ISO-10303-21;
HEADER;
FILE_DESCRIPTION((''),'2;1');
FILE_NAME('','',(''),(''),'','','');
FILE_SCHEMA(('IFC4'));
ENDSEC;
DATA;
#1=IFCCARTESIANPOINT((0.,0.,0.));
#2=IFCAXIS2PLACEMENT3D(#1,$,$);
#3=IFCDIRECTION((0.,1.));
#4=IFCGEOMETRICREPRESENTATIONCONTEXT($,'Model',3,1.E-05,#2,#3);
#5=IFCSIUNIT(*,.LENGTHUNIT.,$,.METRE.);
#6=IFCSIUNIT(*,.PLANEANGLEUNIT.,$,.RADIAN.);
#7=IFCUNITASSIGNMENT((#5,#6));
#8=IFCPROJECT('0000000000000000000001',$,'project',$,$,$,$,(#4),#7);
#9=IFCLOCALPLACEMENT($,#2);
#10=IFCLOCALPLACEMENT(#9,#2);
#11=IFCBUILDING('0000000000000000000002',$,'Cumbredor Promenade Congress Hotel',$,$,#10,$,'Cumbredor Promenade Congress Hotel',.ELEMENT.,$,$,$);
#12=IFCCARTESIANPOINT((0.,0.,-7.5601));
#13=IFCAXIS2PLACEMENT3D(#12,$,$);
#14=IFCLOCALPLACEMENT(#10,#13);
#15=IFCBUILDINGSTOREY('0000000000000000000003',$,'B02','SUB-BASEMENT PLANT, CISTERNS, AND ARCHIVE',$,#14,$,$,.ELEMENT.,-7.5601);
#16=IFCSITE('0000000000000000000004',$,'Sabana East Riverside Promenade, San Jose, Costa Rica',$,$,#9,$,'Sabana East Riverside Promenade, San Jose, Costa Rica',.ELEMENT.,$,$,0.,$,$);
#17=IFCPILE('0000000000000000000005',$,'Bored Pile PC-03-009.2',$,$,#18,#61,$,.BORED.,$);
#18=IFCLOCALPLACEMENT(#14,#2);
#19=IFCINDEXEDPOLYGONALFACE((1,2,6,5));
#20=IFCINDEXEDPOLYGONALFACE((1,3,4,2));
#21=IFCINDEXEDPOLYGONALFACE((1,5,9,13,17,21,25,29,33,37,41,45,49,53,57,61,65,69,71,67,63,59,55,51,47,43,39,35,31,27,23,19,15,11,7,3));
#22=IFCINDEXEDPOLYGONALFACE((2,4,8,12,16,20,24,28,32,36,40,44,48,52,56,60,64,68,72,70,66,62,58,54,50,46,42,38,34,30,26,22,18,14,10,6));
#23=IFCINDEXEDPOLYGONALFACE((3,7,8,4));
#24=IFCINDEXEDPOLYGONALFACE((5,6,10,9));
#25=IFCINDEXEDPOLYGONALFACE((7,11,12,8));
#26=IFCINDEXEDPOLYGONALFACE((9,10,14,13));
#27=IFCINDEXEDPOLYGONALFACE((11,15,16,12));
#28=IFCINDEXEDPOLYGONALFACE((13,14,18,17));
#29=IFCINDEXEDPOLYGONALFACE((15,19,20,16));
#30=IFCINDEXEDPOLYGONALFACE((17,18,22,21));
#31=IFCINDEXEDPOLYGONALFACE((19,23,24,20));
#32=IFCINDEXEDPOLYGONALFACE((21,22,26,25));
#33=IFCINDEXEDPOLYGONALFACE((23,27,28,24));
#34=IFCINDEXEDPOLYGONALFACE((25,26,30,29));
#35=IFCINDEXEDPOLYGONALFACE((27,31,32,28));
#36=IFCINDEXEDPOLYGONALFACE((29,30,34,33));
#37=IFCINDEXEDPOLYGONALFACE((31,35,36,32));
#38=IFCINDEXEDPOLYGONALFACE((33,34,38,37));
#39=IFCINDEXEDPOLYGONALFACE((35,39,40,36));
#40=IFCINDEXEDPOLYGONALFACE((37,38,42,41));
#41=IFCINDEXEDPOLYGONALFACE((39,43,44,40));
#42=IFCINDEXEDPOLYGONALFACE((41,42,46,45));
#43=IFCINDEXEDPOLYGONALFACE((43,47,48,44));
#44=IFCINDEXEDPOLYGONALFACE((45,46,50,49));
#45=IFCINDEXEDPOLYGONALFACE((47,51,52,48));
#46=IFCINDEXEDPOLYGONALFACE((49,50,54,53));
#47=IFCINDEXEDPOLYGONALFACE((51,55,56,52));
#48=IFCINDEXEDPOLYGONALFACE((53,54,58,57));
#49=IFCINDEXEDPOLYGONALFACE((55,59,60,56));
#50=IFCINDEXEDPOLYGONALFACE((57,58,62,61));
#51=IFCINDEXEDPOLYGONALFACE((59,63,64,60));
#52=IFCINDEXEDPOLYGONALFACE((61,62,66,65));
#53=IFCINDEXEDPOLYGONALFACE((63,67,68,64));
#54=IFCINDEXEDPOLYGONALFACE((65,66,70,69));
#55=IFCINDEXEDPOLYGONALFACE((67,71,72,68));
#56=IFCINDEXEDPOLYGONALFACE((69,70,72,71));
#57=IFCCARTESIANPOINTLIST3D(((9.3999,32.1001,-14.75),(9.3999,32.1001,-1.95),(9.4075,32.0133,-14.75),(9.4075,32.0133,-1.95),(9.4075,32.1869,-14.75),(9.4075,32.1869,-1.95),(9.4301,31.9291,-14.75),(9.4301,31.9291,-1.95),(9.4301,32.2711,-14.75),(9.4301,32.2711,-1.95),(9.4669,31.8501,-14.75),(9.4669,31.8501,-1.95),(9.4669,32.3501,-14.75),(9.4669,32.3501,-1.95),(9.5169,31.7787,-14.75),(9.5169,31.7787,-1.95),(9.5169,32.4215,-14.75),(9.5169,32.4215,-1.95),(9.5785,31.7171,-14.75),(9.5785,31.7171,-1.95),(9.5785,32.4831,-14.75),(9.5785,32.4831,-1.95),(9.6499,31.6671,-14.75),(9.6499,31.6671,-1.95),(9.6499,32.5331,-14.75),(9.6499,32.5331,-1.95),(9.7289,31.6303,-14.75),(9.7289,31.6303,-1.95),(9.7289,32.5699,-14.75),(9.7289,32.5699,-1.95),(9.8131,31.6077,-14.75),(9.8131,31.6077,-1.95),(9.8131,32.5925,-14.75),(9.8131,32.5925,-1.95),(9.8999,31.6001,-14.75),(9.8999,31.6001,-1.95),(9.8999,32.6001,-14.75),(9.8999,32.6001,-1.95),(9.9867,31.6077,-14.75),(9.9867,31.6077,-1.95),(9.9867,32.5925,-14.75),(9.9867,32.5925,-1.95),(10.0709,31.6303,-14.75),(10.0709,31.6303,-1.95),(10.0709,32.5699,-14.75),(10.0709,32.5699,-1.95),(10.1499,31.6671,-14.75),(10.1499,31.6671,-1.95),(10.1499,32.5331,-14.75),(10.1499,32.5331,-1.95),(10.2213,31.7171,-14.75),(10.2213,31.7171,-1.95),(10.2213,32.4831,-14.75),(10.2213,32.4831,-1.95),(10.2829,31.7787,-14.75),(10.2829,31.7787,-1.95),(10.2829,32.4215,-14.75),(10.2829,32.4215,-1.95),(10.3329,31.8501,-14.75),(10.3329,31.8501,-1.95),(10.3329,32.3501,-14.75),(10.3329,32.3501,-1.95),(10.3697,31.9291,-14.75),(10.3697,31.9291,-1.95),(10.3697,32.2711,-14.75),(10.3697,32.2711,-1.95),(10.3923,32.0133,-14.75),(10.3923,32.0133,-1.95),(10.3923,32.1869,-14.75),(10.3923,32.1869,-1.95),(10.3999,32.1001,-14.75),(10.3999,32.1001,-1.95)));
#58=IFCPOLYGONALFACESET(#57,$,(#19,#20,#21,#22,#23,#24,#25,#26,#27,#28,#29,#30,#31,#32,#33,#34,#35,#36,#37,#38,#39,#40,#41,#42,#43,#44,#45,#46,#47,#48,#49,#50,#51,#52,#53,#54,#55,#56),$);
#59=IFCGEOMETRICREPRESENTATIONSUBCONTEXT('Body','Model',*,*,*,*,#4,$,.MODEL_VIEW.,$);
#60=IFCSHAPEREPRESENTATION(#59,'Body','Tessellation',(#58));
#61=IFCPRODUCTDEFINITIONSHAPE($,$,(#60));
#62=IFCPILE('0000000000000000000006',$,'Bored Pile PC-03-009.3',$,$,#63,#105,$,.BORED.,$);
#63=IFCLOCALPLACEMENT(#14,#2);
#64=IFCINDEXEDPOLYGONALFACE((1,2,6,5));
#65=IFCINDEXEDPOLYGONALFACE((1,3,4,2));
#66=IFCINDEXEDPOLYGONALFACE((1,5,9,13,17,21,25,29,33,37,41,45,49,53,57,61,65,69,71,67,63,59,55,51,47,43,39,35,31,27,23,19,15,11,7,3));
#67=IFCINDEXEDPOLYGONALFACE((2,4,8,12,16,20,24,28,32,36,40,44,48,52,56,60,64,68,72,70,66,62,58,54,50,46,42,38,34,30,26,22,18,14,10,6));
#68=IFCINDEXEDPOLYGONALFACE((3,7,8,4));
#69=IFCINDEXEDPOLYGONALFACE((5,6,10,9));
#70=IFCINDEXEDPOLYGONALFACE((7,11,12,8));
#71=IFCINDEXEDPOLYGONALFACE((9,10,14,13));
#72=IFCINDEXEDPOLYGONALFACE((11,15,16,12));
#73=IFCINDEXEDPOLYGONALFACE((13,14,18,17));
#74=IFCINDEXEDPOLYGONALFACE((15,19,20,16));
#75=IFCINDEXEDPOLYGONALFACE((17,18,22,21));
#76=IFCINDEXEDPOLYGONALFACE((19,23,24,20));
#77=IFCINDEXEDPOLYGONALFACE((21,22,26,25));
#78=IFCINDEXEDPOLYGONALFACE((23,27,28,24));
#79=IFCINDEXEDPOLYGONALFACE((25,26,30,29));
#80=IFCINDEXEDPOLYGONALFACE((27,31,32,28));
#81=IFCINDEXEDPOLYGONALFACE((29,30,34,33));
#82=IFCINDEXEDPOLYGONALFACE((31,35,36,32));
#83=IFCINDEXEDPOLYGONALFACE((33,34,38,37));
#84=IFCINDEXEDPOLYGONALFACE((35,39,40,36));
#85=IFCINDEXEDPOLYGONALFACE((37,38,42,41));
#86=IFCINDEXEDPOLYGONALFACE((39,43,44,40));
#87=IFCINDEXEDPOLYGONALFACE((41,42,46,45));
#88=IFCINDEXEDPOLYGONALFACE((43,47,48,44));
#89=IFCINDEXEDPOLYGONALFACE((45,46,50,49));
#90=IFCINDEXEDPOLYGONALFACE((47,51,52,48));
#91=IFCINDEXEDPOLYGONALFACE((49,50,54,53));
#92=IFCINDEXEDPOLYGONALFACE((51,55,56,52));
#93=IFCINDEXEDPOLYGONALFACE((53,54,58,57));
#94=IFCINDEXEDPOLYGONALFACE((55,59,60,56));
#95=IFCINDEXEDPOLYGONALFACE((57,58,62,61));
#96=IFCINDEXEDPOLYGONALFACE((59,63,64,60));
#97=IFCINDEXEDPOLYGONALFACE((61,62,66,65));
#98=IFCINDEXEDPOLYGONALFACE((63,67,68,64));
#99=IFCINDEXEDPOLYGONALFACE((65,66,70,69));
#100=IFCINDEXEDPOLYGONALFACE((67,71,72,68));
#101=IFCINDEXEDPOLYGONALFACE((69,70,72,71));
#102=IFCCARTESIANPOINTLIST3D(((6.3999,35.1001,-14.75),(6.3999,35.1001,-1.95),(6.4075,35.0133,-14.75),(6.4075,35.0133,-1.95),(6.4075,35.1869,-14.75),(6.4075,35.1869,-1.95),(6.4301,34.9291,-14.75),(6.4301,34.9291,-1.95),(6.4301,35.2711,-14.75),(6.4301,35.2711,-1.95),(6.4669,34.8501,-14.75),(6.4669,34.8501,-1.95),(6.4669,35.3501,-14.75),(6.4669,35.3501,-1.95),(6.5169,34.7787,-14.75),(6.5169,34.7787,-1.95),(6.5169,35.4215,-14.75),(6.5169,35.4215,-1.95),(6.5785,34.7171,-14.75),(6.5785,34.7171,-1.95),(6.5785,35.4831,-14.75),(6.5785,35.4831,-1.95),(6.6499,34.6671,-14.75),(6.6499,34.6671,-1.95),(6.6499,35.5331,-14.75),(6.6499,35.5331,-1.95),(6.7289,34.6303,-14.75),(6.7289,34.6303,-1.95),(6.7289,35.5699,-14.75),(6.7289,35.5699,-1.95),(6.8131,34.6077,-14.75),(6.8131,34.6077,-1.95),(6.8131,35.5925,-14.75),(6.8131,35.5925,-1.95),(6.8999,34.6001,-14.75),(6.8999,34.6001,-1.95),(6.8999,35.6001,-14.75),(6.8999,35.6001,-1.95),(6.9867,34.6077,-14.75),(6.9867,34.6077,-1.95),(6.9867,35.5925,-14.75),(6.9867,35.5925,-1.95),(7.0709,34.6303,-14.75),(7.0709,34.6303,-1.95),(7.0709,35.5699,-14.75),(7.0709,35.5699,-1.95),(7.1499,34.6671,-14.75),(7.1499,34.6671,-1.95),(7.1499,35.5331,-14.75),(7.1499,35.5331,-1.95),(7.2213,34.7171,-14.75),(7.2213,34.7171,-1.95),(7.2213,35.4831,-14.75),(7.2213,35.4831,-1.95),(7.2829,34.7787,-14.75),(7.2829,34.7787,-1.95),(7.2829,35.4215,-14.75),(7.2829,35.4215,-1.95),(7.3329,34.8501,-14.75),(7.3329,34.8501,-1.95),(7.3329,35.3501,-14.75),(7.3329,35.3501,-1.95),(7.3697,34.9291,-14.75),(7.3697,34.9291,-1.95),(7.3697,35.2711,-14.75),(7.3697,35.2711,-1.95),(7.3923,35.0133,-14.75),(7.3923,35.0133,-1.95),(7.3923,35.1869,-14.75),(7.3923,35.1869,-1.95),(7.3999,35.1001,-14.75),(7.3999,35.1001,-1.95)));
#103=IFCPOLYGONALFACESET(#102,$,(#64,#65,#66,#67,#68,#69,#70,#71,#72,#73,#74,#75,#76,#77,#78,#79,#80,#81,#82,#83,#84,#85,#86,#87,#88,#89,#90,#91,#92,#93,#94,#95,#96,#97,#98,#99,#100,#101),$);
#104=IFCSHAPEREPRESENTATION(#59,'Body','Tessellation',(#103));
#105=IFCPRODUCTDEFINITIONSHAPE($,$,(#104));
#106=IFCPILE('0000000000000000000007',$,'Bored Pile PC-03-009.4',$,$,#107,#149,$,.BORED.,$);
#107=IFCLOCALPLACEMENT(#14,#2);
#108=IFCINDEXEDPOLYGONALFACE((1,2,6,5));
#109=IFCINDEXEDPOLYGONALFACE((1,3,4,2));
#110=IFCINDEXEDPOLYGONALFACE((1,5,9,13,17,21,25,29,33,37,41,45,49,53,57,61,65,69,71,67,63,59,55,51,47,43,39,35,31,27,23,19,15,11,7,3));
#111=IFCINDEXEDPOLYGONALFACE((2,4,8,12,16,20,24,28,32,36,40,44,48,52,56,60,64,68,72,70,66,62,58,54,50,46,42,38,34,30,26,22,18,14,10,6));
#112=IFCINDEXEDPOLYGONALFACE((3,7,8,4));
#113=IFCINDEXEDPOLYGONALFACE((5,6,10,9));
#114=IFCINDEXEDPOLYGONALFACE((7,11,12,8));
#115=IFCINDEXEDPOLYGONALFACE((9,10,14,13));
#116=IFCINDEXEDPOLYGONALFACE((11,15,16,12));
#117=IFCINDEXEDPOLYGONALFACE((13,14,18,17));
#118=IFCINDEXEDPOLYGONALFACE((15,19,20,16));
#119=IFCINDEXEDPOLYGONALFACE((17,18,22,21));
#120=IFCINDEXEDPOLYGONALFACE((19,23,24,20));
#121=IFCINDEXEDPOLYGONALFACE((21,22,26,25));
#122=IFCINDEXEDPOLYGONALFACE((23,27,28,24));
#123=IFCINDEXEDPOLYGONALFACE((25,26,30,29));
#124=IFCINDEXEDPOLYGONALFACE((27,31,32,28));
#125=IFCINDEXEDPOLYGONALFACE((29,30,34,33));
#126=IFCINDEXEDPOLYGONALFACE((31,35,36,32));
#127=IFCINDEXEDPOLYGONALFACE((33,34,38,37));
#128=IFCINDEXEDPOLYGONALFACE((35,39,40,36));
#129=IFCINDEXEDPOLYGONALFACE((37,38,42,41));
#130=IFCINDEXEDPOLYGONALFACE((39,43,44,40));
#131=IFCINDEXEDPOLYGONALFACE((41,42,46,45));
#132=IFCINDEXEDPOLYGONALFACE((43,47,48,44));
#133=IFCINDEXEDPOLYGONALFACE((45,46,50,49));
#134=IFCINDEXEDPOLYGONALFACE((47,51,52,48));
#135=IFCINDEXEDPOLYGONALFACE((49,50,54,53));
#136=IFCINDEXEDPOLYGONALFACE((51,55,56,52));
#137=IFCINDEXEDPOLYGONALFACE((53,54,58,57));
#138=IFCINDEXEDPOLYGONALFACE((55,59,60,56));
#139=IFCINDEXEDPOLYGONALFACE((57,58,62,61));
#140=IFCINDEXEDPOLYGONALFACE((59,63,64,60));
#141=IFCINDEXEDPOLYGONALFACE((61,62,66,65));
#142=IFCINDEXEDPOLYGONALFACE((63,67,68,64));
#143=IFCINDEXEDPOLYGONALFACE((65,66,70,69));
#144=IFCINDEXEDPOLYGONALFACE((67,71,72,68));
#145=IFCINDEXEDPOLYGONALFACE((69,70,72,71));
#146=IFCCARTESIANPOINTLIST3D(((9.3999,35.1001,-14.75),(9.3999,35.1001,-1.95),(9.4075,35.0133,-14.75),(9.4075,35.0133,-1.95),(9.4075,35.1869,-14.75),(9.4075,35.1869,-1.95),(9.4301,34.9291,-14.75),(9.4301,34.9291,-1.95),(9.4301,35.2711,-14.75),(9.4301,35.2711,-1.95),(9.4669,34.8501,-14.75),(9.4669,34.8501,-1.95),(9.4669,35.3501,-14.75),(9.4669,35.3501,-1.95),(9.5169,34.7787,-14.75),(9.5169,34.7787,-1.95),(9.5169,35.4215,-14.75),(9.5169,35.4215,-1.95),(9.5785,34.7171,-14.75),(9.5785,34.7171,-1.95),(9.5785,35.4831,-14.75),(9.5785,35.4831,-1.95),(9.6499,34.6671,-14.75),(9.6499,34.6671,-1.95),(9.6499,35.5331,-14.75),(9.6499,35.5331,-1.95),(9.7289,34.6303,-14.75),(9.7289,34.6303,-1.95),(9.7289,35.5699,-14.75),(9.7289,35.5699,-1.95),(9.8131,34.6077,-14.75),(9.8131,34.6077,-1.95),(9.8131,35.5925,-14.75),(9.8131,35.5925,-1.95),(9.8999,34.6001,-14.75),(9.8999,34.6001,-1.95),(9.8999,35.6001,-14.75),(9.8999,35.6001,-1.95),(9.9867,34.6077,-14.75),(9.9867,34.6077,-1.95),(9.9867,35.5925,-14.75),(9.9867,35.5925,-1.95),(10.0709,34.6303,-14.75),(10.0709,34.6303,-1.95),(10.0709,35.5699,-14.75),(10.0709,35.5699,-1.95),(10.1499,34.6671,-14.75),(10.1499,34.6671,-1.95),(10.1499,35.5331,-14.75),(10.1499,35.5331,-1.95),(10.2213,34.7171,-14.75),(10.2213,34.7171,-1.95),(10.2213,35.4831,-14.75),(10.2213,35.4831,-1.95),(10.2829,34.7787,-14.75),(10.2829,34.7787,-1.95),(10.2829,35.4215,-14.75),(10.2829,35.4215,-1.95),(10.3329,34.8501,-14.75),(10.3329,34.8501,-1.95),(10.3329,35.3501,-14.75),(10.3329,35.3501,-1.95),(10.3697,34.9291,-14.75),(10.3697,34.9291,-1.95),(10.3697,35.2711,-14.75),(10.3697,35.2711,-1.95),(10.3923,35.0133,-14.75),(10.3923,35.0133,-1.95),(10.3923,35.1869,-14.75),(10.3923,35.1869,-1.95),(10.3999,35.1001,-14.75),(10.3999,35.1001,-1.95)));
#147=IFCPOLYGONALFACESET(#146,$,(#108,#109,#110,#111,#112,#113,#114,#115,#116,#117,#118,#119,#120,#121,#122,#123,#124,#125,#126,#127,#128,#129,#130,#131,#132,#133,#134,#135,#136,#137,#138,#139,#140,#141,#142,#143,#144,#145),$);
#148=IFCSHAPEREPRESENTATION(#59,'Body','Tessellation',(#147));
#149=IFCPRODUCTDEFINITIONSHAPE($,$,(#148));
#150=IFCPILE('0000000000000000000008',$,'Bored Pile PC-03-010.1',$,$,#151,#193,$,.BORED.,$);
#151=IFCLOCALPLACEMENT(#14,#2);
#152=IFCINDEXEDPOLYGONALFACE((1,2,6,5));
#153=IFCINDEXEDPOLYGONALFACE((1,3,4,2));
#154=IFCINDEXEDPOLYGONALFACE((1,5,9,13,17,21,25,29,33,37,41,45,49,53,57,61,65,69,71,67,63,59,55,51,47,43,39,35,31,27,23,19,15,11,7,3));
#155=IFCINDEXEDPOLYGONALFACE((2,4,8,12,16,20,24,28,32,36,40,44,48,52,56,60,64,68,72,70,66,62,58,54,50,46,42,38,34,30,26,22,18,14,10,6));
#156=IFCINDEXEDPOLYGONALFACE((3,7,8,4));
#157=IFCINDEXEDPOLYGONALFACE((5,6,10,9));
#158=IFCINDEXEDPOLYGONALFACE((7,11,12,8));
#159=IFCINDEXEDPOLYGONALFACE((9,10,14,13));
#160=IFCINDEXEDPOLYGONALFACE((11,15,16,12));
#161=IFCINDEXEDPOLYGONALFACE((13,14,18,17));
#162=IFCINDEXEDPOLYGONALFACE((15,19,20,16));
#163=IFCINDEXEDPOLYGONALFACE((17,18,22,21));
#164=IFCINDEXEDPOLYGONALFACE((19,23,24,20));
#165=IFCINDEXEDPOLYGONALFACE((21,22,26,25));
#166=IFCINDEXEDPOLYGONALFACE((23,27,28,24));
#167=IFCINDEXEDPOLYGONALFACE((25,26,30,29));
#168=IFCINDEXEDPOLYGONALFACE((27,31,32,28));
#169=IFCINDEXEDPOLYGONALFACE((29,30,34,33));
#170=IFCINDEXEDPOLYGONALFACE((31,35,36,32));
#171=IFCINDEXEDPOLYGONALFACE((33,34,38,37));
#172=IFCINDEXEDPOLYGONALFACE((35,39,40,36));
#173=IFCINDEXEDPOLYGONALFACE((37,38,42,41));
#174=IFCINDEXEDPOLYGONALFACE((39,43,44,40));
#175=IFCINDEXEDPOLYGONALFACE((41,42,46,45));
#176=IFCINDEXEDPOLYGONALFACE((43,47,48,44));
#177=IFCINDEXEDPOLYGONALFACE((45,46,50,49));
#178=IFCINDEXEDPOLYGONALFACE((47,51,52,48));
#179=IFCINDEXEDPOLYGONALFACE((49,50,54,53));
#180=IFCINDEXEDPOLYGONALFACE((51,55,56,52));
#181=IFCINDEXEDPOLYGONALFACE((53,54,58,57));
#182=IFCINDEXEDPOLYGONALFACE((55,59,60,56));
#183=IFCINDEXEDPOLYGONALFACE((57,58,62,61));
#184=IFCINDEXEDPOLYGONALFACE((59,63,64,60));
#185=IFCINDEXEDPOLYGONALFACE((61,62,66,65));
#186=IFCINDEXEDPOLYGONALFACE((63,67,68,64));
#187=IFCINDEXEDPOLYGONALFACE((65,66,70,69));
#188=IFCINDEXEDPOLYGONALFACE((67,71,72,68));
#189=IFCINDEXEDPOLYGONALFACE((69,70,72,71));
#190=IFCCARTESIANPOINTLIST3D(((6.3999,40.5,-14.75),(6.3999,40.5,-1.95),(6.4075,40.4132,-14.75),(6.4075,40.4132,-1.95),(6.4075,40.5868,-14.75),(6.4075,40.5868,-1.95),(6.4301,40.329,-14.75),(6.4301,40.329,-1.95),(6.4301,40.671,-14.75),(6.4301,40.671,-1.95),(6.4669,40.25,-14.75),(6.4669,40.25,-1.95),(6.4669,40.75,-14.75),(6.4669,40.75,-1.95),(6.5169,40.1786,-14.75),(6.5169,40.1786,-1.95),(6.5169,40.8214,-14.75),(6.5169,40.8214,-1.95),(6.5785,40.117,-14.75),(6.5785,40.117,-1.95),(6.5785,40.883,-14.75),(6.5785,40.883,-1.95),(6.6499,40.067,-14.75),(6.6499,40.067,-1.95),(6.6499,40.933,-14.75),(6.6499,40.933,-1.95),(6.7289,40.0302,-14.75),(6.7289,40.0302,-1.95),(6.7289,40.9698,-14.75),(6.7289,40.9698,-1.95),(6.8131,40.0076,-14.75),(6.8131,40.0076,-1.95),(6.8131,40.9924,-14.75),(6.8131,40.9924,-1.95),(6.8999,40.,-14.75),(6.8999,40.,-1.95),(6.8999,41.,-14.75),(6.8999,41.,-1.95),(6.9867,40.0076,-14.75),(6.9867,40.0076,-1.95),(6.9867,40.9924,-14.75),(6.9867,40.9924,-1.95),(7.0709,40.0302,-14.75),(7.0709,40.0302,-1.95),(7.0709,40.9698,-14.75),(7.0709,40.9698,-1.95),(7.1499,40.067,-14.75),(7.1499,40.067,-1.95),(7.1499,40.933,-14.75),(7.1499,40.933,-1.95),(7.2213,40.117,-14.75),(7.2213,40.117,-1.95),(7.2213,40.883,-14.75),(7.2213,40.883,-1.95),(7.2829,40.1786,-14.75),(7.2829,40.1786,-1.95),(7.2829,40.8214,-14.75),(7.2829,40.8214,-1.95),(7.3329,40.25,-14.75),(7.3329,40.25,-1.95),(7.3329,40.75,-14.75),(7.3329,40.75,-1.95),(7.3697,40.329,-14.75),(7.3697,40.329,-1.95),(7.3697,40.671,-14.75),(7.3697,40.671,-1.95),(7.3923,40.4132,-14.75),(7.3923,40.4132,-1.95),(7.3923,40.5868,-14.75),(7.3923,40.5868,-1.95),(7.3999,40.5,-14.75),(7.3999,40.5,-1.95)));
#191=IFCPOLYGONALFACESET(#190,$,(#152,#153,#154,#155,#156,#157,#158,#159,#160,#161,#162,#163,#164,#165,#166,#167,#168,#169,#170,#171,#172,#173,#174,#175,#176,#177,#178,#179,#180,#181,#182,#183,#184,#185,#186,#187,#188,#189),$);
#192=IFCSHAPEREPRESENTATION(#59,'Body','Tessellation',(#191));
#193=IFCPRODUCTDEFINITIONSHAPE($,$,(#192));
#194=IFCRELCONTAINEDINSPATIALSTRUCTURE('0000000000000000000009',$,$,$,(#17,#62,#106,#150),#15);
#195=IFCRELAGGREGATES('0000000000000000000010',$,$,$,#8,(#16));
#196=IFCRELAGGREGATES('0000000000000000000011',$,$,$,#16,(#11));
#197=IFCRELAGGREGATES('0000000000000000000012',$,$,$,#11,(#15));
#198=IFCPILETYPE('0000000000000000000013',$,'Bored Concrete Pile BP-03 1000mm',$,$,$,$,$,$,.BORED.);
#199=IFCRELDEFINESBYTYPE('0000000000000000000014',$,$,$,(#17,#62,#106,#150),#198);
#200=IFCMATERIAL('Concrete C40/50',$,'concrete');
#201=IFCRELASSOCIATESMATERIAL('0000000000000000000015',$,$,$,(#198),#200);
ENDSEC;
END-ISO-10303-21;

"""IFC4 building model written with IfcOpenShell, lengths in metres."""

from ifc_helpers import new_model, si_unit, direction, frame, origin, origin_2d, place, context, subcontext, project, spatial, circle, extrude, material, material_profile, profile_set, type_object, element, save


model = new_model("IFC4")

# Units and contexts
model_context = context("Model", 3, precision=1e-05, world=origin(), true_north=direction((0.0, 1.0)))
body_context = subcontext(model_context, "Body", "Model", "MODEL_VIEW")
ifc_project = project(units=[si_unit("LENGTHUNIT", "METRE"), si_unit("PLANEANGLEUNIT", "RADIAN")], contexts=[model_context])

# Site, building, storey
site_placement = place(None, origin())
site = spatial("IfcSite", under=ifc_project, at=site_placement, Name="Sabana East Riverside Promenade, San Jose, Costa Rica", LongName="Sabana East Riverside Promenade, San Jose, Costa Rica", CompositionType="ELEMENT", RefElevation=0.0)
building_placement = place(site_placement, origin())
building = spatial("IfcBuilding", under=site, at=building_placement, Name="Cumbredor Promenade Congress Hotel", LongName="Cumbredor Promenade Congress Hotel", CompositionType="ELEMENT")
storey_placement = place(building_placement, frame((0.0, 0.0, -7.5601)))
storey = spatial("IfcBuildingStorey", under=building, at=storey_placement, Name="B02", Description="SUB-BASEMENT PLANT, CISTERNS, AND ARCHIVE", CompositionType="ELEMENT", Elevation=-7.5601)

# Piles
ifc_material_1 = material(Name="Concrete C40/50", Category="concrete")
ifc_material_profile_1 = material_profile(ifc_material_1, circle(Radius=0.5, at=origin_2d()), Name="PILE D1000")
ifc_profile_set_1 = profile_set([ifc_material_profile_1], Name="Concrete C40/50")
pile_type = type_object("IfcPileType", Name="Bored Concrete Pile BP-03 1000mm", PredefinedType="BORED", material=ifc_profile_set_1)
for number, where, z_axis, x_axis, name in (
    (1, (9.8999, 32.1001, -1.95), (0.0, 0.0, -1.0), (1.0, 0.0, 0.0), "Bored Pile PC-03-009.2"),
    (2, (6.8999, 35.1001, -1.95), (0.0, 0.0, -1.0), (1.0, 0.0, 0.0), "Bored Pile PC-03-009.3"),
    (3, (9.8999, 35.1001, -1.95), (0.0, 0.0, -1.0), (1.0, 0.0, 0.0), "Bored Pile PC-03-009.4"),
    (4, (6.8999, 40.5, -1.95), (0.0, 0.0, -1.0), (1.0, 0.0, 0.0), "Bored Pile PC-03-010.1"),
):
    element("IfcPile", number, at=place(storey_placement, frame(where, z_axis=z_axis, x_axis=x_axis)), inside=storey, type_object=pile_type, Name=name, PredefinedType="BORED", context=body_context, shape_type="SweptSolid", body=[
        extrude(circle(Radius=0.5, at=origin_2d()), origin(), (0.0, 0.0, 1.0), 12.8),
    ])

save(model, "model.ifc")
